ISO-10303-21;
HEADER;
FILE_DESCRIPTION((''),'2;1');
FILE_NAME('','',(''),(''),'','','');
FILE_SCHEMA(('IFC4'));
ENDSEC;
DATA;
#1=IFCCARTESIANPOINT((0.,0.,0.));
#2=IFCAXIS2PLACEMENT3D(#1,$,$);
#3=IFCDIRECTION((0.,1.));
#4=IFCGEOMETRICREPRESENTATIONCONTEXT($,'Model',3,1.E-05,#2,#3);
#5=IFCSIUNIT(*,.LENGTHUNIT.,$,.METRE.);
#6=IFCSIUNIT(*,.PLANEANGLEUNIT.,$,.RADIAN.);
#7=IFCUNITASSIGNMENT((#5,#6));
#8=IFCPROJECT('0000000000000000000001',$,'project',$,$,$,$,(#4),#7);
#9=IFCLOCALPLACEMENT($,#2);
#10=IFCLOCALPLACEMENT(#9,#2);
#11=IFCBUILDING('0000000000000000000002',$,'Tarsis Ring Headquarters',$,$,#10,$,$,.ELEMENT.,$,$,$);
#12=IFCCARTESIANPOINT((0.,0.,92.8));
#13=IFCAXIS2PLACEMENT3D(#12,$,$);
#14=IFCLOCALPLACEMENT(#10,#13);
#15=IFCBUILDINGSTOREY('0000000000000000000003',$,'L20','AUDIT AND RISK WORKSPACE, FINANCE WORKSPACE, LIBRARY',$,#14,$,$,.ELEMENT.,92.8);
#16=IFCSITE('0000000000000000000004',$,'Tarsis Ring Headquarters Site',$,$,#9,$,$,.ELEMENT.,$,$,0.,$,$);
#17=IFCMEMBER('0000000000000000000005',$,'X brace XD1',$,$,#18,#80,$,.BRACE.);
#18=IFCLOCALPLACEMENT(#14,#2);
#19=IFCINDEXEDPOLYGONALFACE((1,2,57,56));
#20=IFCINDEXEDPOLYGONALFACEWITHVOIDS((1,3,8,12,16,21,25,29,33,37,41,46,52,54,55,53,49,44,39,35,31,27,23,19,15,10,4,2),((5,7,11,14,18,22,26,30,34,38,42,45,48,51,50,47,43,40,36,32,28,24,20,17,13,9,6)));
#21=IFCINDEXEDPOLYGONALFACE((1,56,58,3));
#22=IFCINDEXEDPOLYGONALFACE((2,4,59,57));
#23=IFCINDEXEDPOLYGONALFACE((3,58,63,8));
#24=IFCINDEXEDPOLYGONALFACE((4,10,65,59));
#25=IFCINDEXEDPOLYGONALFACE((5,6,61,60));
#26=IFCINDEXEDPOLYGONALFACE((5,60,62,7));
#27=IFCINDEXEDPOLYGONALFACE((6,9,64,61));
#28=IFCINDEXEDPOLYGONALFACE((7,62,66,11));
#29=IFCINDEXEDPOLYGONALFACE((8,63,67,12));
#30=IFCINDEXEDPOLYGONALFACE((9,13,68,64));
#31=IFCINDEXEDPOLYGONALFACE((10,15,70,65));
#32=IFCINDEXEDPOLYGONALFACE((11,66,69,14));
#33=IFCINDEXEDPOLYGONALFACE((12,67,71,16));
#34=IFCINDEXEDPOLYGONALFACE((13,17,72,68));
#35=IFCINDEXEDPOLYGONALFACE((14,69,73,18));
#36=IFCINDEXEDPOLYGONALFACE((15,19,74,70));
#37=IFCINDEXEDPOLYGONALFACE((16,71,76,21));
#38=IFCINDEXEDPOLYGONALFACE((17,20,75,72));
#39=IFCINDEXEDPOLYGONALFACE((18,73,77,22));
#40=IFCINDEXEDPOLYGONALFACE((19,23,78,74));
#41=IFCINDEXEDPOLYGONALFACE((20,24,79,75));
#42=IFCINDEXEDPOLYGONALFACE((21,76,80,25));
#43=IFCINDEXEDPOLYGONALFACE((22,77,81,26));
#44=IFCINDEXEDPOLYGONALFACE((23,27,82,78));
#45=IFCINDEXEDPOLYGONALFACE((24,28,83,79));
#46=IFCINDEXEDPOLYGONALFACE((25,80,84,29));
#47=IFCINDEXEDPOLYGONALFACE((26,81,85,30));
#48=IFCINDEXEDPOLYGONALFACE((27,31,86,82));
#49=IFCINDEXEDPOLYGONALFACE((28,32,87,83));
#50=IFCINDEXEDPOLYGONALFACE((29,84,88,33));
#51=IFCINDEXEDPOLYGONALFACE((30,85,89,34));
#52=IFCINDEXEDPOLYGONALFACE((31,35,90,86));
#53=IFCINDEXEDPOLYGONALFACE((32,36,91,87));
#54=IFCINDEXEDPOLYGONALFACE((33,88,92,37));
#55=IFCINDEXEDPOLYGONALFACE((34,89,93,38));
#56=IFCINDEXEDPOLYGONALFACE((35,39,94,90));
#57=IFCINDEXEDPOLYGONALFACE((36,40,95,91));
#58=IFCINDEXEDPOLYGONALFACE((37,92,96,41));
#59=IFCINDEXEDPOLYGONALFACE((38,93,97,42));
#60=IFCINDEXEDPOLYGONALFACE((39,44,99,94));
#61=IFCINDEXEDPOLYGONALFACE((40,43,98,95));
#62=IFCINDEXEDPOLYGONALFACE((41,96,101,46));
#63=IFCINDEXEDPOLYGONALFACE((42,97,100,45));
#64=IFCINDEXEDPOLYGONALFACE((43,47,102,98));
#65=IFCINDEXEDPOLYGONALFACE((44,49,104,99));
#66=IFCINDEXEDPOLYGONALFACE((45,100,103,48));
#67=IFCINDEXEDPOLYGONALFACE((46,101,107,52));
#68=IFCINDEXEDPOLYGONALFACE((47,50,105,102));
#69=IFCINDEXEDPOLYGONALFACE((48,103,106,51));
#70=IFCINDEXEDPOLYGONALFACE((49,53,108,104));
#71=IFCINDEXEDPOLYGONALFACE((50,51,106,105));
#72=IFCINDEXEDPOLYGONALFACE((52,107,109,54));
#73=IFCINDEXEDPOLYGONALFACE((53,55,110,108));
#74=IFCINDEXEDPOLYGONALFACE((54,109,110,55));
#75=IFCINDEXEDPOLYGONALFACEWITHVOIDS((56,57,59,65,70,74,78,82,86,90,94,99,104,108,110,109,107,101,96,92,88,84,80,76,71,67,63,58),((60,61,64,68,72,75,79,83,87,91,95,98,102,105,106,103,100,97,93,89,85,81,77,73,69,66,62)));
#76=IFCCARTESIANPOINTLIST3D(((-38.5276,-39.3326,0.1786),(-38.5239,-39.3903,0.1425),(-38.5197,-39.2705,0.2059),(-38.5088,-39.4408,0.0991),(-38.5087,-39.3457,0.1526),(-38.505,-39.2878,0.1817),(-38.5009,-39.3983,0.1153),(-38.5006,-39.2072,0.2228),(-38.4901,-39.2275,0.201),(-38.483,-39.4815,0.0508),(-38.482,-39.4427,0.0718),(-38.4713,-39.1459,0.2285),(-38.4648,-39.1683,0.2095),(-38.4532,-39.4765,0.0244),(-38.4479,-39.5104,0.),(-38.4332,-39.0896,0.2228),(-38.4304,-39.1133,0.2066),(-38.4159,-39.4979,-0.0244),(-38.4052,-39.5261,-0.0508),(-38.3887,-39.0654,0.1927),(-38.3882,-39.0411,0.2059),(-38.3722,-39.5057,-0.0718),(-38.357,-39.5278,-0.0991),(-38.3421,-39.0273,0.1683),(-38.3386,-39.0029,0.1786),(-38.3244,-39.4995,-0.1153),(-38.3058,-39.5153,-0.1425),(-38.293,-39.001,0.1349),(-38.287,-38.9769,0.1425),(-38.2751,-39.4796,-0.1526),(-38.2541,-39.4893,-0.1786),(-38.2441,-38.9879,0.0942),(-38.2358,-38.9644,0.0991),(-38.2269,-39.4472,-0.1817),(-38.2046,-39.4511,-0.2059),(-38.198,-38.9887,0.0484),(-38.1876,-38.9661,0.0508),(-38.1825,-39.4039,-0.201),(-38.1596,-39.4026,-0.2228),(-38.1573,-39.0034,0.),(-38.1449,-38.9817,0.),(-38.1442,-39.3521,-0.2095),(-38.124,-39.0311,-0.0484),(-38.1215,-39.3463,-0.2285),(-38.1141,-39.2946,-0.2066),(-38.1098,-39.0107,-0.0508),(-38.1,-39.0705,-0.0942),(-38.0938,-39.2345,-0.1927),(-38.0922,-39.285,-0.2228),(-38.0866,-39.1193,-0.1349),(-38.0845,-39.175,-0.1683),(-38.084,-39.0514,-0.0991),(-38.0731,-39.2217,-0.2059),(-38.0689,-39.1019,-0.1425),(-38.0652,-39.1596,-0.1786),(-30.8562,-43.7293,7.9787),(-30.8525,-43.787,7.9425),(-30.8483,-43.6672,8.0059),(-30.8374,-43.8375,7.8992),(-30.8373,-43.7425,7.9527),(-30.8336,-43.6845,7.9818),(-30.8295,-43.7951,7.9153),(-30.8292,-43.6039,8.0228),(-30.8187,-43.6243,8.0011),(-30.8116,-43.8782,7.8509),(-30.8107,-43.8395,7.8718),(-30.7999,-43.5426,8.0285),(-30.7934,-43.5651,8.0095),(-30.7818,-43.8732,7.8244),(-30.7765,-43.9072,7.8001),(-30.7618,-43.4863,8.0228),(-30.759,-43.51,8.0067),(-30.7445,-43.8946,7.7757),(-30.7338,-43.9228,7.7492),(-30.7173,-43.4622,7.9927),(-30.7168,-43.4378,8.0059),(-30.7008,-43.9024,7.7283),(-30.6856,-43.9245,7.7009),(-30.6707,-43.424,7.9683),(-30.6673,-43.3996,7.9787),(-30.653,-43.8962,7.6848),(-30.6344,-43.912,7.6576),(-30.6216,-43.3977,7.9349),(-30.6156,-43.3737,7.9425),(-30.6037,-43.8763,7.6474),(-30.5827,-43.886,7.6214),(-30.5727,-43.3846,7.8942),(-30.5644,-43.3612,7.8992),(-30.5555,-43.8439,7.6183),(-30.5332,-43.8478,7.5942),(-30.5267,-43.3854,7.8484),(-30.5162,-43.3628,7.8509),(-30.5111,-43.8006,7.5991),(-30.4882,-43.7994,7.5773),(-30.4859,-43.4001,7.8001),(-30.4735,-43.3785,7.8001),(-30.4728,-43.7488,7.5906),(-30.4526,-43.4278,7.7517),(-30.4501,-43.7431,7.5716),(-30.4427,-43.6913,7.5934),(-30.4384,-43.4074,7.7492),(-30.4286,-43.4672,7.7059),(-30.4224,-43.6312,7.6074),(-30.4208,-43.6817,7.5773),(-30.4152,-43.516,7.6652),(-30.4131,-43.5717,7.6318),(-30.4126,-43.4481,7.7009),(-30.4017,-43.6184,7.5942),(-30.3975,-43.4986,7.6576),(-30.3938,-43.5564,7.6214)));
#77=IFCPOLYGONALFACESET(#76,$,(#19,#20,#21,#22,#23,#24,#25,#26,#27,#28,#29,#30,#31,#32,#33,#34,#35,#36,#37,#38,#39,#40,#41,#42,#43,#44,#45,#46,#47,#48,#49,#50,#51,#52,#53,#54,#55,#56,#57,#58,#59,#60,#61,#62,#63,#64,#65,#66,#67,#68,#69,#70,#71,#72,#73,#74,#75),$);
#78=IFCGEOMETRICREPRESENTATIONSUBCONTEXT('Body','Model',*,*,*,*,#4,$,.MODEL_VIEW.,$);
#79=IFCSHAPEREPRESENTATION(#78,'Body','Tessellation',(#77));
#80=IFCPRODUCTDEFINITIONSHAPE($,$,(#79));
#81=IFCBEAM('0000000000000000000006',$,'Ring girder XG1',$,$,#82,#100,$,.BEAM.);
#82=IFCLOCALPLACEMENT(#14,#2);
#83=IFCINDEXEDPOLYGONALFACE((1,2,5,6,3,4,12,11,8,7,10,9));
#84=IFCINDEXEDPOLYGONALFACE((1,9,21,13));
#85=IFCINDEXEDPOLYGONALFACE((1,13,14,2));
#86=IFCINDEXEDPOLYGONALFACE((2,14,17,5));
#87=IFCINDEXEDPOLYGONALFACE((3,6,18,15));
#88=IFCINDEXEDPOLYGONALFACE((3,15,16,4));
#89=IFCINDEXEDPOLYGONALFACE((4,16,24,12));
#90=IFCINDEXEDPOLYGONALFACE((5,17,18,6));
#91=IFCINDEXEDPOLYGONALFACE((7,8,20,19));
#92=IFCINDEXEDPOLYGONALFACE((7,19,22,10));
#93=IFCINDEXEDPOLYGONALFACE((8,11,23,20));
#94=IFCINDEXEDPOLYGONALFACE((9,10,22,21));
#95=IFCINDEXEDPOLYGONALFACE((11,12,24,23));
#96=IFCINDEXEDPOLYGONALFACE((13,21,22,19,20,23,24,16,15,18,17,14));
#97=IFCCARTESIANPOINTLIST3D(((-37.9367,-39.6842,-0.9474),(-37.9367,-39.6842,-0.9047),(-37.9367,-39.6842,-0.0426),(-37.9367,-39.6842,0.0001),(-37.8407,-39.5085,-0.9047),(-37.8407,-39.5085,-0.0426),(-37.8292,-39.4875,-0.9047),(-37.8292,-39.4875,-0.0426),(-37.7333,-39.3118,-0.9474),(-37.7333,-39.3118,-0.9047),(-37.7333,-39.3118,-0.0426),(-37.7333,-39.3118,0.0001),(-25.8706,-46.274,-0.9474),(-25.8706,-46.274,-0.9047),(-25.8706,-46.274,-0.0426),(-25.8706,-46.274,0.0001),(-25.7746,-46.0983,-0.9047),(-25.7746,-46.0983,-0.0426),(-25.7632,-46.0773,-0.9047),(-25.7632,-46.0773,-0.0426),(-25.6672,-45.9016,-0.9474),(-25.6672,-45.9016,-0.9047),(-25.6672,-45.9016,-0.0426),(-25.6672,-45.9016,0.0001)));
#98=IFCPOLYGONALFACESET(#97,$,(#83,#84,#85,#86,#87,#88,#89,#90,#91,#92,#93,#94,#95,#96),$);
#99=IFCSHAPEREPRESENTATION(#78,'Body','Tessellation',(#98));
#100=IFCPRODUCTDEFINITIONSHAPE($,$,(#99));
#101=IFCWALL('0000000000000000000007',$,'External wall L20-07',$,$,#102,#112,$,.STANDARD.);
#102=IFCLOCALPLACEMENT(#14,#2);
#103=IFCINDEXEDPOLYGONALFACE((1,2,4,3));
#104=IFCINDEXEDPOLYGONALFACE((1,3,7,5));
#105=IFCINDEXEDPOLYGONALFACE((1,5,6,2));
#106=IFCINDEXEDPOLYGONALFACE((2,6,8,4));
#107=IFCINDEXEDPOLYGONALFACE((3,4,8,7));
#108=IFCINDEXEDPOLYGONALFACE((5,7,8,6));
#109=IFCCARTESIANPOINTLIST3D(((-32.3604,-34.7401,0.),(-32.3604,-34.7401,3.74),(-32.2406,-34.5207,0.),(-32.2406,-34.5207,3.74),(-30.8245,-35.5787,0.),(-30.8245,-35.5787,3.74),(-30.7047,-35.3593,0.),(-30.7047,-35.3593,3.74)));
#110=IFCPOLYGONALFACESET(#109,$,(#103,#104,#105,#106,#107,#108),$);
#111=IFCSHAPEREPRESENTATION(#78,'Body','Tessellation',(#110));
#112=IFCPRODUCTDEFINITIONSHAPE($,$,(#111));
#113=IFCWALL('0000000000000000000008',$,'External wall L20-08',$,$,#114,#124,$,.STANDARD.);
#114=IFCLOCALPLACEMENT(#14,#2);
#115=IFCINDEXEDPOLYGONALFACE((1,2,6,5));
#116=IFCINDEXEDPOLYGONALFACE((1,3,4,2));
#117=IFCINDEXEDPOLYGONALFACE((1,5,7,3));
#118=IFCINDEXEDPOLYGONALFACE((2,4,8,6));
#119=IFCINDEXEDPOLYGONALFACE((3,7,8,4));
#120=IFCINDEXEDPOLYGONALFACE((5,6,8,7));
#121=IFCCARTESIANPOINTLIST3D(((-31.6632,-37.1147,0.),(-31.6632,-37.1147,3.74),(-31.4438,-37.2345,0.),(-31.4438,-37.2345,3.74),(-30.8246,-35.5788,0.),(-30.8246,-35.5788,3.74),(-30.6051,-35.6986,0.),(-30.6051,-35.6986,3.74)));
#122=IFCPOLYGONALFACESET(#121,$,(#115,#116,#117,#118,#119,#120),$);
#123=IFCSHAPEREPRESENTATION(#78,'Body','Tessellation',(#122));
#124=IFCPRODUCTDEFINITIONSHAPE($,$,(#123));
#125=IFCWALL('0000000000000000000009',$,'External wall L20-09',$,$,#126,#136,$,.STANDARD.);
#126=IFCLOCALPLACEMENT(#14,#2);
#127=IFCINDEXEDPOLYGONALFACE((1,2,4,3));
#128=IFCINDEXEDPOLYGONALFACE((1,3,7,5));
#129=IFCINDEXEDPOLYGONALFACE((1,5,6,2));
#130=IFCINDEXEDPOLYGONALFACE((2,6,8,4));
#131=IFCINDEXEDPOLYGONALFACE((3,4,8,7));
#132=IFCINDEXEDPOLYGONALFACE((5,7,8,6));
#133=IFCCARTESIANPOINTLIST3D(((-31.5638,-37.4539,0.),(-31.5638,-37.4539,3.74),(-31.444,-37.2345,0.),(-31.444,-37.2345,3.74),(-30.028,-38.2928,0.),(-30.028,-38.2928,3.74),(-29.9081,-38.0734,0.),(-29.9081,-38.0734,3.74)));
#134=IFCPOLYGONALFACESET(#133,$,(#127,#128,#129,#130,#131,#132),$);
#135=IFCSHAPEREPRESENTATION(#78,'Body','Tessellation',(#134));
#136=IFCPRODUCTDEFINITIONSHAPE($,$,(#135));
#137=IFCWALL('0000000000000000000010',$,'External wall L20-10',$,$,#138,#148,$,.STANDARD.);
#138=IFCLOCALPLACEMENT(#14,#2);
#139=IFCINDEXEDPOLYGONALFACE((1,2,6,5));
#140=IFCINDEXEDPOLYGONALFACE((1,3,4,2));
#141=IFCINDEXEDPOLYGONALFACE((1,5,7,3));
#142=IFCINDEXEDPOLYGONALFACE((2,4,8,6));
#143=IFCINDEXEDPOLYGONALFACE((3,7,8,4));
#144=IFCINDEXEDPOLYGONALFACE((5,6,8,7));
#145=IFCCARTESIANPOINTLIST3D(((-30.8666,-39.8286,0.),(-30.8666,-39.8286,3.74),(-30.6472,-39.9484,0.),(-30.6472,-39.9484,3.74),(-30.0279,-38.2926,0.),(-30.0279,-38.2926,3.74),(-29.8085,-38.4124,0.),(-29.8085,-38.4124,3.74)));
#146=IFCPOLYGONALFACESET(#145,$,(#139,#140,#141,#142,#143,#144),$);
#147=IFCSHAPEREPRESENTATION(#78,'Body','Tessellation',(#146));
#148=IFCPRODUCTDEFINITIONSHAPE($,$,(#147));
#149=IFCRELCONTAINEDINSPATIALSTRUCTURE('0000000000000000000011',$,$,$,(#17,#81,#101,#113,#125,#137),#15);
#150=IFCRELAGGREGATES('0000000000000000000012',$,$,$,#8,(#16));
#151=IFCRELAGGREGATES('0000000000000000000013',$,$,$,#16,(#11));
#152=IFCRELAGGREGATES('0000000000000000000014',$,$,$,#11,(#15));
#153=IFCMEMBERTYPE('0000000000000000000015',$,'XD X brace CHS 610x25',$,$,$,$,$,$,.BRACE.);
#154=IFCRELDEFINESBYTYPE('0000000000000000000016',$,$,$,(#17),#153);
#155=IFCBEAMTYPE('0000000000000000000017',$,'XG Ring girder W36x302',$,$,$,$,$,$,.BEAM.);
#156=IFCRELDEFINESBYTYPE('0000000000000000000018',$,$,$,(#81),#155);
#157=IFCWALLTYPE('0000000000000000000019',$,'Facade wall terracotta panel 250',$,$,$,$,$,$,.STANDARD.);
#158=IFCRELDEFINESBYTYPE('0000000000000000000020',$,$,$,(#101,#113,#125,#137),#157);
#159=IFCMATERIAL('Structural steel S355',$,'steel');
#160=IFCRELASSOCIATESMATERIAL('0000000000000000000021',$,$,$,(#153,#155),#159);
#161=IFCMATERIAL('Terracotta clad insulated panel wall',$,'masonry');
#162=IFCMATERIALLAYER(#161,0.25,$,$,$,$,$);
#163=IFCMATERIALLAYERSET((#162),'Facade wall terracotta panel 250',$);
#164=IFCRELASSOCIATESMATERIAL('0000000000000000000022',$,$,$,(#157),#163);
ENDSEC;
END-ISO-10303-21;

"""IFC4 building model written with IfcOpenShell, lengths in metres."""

from ifc_helpers import new_model, si_unit, direction, frame, frame_2d, origin, origin_2d, place, context, subcontext, project, spatial, rectangle, hollow_circle, i_section, extrude, material, layer, layer_set, material_profile, profile_set, type_object, element, save


model = new_model("IFC4")

# Units and contexts
model_context = context("Model", 3, precision=1e-05, world=origin(), true_north=direction((0.0, 1.0)))
body_context = subcontext(model_context, "Body", "Model", "MODEL_VIEW")
ifc_project = project(units=[si_unit("LENGTHUNIT", "METRE"), si_unit("PLANEANGLEUNIT", "RADIAN")], contexts=[model_context])

# Site, building, storey
site_placement = place(None, origin())
site = spatial("IfcSite", under=ifc_project, at=site_placement, Name="Tarsis Ring Headquarters Site", CompositionType="ELEMENT", RefElevation=0.0)
building_placement = place(site_placement, origin())
building = spatial("IfcBuilding", under=site, at=building_placement, Name="Tarsis Ring Headquarters", CompositionType="ELEMENT")
storey_placement = place(building_placement, frame((0.0, 0.0, 92.8)))
storey = spatial("IfcBuildingStorey", under=building, at=storey_placement, Name="L20", Description="AUDIT AND RISK WORKSPACE, FINANCE WORKSPACE, LIBRARY", CompositionType="ELEMENT", Elevation=92.8)

# Shared definitions
ifc_material_1 = material(Name="Structural steel S355", Category="steel")

# Member
ifc_material_profile_1 = material_profile(ifc_material_1, hollow_circle(Radius=0.3047, WallThickness=0.0249, at=origin_2d()), Name="CHS 610x25")
ifc_profile_set_1 = profile_set([ifc_material_profile_1], Name="Structural steel S355")
member_type = type_object("IfcMemberType", Name="XD X brace CHS 610x25", PredefinedType="BRACE", material=ifc_profile_set_1)
member_placement = place(storey_placement, frame((-38.2964, -39.2461, 0.0), z_axis=(0.650627, -0.372896, 0.661539), x_axis=(0.497254, 0.867605, 0.0)))
element("IfcMember", 1, at=member_placement, inside=storey, type_object=member_type, Name="X brace XD1", PredefinedType="BRACE", context=body_context, shape_type="SweptSolid", body=[
    extrude(hollow_circle(Radius=0.3047, WallThickness=0.0249, at=origin_2d()), origin(), (0.0, 0.0, 1.0), 11.7908),
])

# Beam
ifc_material_profile_2 = material_profile(ifc_material_1, i_section(OverallWidth=0.4243, OverallDepth=0.9475, WebThickness=0.0239, FlangeThickness=0.0427, at=origin_2d()), Name="W36x302")
ifc_profile_set_2 = profile_set([ifc_material_profile_2], Name="Structural steel S355")
beam_type_1 = type_object("IfcBeamType", Name="XG Ring girder W36x302", PredefinedType="BEAM", material=ifc_profile_set_2)
beam_placement = place(storey_placement, frame((-37.835, -39.498, -0.4736), z_axis=(0.877642, -0.479317, 0.0), x_axis=(0.479317, 0.877642, 0.0)))
element("IfcBeam", 2, at=beam_placement, inside=storey, type_object=beam_type_1, Name="Ring girder XG1", PredefinedType="BEAM", context=body_context, shape_type="SweptSolid", body=[
    extrude(i_section(OverallWidth=0.4243, OverallDepth=0.9475, WebThickness=0.0239, FlangeThickness=0.0427, at=origin_2d()), origin(), (0.0, 0.0, 1.0), 13.7483),
])

# Walls
ifc_material_2 = material(Name="Terracotta clad insulated panel wall", Category="masonry")
ifc_layer = layer(ifc_material_2, 0.25)
ifc_layer_set = layer_set([ifc_layer], Name="Facade wall terracotta panel 250")
wall_type = type_object("IfcWallType", Name="Facade wall terracotta panel 250", PredefinedType="STANDARD", material=ifc_layer_set)
for number, where, z_axis, x_axis, name in (
    (3, (-32.3005, -34.6304, 0.0), (0.0, 0.0, 1.0), (0.877688, -0.479233, 0.0), "External wall L20-07"),
    (4, (-30.7148, -35.6387, 0.0), (0.0, 0.0, 1.0), (-0.479233, -0.877688, 0.0), "External wall L20-08"),
    (5, (-31.5039, -37.3442, 0.0), (0.0, 0.0, 1.0), (0.877629, -0.479341, 0.0), "External wall L20-09"),
    (6, (-29.9182, -38.3525, 0.0), (0.0, 0.0, 1.0), (-0.479233, -0.877688, 0.0), "External wall L20-10"),
):
    element("IfcWall", number, at=place(storey_placement, frame(where, z_axis=z_axis, x_axis=x_axis)), inside=storey, type_object=wall_type, Name=name, PredefinedType="STANDARD", context=body_context, shape_type="SweptSolid", body=[
        extrude(rectangle(XDim=1.75, YDim=0.25, at=frame_2d((0.875, 0.0))), origin(), (0.0, 0.0, 1.0), 3.74),
    ])

save(model, "model.ifc")
